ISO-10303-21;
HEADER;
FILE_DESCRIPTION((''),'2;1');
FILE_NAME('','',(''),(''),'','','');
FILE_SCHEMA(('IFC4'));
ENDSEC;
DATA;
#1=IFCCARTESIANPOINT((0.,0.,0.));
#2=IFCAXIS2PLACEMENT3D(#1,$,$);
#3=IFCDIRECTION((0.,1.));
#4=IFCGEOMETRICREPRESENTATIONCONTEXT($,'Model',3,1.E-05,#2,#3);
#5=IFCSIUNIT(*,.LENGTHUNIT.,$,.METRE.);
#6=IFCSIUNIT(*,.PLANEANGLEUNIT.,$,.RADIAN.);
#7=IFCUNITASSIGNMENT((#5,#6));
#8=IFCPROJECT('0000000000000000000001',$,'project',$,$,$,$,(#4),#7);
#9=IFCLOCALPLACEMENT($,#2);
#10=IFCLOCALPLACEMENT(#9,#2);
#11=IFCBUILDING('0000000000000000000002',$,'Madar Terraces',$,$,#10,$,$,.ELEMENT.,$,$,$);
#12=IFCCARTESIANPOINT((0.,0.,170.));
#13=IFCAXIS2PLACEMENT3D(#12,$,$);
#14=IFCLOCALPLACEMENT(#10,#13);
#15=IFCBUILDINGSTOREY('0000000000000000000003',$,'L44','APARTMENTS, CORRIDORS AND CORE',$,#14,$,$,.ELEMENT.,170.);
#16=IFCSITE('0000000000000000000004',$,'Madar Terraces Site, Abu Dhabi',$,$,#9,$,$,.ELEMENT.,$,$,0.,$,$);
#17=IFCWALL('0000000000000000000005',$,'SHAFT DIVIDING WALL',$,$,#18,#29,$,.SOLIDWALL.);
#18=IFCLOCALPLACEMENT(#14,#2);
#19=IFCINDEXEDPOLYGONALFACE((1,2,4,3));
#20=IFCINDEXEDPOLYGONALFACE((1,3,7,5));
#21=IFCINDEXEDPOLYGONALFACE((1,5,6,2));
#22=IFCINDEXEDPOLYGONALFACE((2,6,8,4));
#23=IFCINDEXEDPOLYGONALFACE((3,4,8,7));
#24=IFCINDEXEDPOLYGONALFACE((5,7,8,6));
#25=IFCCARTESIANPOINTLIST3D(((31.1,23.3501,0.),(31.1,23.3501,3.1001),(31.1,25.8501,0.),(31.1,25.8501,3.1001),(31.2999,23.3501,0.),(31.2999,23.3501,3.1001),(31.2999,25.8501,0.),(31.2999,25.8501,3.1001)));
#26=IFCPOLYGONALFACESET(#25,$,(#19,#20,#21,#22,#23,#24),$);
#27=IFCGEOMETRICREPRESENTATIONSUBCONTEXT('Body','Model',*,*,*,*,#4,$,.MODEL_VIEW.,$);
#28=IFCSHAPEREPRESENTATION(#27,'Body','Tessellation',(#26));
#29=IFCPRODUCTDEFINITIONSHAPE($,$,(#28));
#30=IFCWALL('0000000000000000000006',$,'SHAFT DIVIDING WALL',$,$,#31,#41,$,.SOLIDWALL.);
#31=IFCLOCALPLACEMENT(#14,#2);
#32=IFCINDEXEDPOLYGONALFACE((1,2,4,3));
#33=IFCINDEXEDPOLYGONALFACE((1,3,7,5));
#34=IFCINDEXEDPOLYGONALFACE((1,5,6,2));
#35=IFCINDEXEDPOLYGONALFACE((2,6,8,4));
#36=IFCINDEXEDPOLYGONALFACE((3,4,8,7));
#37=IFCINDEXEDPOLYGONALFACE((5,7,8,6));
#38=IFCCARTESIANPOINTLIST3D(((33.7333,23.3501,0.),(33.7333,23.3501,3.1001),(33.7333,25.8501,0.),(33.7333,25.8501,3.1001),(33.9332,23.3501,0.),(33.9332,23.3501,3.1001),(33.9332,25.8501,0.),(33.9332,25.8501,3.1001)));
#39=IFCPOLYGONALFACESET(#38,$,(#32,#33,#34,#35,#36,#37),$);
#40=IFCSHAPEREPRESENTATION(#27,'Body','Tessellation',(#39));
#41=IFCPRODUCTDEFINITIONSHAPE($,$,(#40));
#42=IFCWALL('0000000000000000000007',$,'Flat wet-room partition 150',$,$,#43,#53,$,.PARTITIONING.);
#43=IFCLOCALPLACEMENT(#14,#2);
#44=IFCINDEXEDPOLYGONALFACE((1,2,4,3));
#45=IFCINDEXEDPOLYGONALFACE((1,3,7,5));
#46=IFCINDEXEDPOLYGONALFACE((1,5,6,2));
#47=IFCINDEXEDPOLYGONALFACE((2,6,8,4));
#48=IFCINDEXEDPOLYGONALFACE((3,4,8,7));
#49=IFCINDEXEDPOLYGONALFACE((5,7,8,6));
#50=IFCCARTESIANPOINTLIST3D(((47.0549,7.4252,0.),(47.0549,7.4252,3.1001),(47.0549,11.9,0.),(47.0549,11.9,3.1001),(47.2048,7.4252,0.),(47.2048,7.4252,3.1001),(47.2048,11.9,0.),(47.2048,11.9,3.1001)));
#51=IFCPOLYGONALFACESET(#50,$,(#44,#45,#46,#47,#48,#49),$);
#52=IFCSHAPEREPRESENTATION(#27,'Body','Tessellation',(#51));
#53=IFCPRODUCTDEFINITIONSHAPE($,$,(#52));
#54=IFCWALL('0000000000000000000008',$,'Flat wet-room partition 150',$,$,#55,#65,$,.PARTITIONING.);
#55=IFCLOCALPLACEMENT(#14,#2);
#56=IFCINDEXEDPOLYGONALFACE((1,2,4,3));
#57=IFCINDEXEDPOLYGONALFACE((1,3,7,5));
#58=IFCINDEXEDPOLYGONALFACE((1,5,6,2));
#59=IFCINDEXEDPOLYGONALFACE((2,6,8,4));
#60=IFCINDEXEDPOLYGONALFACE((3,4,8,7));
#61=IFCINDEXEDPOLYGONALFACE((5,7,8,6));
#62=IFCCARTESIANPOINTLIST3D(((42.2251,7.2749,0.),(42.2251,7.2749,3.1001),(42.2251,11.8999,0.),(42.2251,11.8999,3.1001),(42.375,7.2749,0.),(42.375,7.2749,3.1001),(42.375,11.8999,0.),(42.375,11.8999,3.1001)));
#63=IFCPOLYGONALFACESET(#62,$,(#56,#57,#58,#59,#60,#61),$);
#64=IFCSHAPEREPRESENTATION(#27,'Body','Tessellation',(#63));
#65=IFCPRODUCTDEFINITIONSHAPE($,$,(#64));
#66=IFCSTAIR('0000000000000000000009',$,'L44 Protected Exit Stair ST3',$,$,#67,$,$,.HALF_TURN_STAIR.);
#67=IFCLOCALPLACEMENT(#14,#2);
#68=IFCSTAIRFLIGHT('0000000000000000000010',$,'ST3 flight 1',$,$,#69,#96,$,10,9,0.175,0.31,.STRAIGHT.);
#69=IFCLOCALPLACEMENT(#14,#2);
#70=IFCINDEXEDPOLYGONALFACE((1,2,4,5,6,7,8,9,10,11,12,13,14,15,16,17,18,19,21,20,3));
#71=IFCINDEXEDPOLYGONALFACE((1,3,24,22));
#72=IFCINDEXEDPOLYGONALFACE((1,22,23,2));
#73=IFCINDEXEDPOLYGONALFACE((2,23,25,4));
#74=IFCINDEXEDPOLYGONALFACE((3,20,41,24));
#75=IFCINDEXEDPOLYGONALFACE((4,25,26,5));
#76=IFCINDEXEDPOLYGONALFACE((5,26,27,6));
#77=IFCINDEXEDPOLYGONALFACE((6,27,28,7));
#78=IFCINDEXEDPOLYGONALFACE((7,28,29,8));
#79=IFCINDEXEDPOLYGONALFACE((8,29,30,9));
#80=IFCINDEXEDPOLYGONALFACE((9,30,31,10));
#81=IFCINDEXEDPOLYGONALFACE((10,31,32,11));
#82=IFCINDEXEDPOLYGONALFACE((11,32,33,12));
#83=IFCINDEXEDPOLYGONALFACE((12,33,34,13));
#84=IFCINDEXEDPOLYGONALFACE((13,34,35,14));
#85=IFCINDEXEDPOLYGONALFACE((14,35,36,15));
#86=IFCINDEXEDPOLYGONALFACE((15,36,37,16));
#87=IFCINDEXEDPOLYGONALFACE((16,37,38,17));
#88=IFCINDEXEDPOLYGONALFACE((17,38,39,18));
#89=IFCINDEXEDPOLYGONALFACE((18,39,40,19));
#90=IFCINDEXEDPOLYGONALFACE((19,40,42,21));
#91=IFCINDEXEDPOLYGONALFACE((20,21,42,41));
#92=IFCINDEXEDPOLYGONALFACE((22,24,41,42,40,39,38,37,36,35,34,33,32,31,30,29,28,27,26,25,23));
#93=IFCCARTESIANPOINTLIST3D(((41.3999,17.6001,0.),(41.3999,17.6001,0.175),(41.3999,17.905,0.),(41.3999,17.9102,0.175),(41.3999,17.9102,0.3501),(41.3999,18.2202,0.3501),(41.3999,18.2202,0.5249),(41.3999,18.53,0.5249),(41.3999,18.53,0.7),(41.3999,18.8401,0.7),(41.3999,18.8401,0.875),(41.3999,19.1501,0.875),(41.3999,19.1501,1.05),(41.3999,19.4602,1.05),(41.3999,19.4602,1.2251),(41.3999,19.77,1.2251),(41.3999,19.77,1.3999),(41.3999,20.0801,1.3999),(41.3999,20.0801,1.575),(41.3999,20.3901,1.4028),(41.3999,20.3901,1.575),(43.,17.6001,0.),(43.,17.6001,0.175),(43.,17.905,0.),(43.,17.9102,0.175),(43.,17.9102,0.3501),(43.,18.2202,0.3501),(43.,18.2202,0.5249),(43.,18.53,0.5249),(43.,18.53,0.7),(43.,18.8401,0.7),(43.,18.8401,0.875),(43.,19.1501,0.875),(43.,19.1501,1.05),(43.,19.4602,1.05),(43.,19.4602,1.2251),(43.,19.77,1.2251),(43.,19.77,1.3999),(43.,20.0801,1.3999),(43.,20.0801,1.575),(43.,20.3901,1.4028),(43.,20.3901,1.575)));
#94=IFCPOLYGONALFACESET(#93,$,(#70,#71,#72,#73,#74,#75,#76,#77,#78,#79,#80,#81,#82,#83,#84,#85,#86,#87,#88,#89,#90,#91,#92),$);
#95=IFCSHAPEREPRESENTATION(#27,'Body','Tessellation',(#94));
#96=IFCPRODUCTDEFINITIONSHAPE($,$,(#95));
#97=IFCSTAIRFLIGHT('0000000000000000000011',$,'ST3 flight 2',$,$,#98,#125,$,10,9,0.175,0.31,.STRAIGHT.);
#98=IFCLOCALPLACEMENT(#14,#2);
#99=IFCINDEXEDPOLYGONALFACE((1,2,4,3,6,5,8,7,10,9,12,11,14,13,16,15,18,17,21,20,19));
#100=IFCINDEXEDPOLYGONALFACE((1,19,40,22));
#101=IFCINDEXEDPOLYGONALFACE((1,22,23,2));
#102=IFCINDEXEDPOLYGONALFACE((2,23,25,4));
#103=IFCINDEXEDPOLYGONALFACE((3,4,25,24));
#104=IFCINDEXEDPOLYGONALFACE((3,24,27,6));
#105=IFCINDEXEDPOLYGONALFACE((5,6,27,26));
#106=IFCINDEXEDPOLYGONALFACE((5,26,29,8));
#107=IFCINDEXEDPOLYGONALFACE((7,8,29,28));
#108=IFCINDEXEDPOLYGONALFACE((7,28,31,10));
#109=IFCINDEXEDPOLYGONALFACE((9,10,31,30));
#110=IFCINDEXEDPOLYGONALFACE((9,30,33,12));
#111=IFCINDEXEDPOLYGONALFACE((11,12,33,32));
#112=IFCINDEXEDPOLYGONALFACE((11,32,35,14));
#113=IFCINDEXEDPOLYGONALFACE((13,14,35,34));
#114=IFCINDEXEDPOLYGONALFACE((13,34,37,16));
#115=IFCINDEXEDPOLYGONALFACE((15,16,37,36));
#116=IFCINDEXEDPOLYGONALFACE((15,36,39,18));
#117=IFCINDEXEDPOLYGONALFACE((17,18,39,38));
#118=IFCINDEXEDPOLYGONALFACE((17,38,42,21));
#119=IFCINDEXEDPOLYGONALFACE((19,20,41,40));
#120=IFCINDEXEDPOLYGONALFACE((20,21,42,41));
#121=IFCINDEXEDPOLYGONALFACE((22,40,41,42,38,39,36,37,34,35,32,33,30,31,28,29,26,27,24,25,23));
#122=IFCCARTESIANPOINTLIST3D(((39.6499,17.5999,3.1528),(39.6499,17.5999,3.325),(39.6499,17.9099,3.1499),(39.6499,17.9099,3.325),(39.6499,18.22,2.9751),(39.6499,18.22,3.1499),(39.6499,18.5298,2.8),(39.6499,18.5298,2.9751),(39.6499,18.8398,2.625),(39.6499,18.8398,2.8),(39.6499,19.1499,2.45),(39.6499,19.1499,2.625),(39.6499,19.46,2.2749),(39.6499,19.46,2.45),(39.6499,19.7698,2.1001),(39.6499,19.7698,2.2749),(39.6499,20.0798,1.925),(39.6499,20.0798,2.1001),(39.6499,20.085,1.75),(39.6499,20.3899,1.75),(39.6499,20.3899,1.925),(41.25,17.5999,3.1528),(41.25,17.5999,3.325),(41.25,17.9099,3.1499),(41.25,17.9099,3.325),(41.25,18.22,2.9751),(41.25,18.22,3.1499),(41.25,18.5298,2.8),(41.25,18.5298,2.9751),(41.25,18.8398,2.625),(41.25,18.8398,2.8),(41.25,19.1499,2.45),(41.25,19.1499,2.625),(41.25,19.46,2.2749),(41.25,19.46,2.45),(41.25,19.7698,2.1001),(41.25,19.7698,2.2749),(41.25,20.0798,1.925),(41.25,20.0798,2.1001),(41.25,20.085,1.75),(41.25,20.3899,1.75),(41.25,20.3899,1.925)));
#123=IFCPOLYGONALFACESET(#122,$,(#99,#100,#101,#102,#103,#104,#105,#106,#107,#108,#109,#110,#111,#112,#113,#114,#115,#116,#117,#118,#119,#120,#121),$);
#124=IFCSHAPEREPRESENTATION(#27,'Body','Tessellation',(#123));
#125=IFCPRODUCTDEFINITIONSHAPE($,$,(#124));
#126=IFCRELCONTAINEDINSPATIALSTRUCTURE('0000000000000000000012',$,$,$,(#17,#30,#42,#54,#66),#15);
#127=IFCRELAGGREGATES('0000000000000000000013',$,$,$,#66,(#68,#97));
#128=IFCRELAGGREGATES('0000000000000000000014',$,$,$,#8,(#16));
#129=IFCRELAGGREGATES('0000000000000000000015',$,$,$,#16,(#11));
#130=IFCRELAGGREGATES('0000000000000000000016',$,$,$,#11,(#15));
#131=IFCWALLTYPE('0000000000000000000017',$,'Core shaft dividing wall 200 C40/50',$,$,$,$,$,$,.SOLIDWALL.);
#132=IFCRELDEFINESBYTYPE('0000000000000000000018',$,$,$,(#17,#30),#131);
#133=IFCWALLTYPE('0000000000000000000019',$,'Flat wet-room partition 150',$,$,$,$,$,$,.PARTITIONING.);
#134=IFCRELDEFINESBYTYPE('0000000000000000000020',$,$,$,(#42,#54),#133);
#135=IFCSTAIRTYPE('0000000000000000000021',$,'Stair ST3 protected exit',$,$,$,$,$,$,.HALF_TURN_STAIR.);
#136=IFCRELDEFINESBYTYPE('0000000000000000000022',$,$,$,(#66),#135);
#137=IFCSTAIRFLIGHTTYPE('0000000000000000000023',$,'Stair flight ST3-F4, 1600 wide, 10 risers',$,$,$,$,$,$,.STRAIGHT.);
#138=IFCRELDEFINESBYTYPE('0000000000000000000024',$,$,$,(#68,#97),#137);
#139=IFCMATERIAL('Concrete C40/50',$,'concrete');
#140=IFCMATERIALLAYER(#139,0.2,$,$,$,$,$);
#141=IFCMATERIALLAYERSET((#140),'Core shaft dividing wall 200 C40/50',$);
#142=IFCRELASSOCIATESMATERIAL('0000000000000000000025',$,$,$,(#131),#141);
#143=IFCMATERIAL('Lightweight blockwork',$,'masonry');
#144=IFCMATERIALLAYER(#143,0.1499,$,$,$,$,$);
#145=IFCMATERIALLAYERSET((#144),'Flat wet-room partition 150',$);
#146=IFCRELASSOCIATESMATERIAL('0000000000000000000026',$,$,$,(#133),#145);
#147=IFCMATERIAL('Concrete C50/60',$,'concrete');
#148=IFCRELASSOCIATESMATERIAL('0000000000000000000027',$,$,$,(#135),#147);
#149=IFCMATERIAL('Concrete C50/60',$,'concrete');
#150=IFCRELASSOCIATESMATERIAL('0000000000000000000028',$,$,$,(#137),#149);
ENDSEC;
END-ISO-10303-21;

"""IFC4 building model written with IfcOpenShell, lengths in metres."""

from ifc_helpers import new_model, si_unit, direction, frame, frame_2d, origin, place, context, subcontext, project, spatial, polyline, rectangle, outline, extrude, material, layer, layer_set, type_object, element, aggregate, save


model = new_model("IFC4")

# Units and contexts
model_context = context("Model", 3, precision=1e-05, world=origin(), true_north=direction((0.0, 1.0)))
body_context = subcontext(model_context, "Body", "Model", "MODEL_VIEW")
ifc_project = project(units=[si_unit("LENGTHUNIT", "METRE"), si_unit("PLANEANGLEUNIT", "RADIAN")], contexts=[model_context])

# Site, building, storey
site_placement = place(None, origin())
site = spatial("IfcSite", under=ifc_project, at=site_placement, Name="Madar Terraces Site, Abu Dhabi", CompositionType="ELEMENT", RefElevation=0.0)
building_placement = place(site_placement, origin())
building = spatial("IfcBuilding", under=site, at=building_placement, Name="Madar Terraces", CompositionType="ELEMENT")
storey_placement = place(building_placement, frame((0.0, 0.0, 170.0)))
storey = spatial("IfcBuildingStorey", under=building, at=storey_placement, Name="L44", Description="APARTMENTS, CORRIDORS AND CORE", CompositionType="ELEMENT", Elevation=170.0)

# Walls
ifc_material_1 = material(Name="Concrete C40/50", Category="concrete")
ifc_layer_1 = layer(ifc_material_1, 0.2)
ifc_layer_set_1 = layer_set([ifc_layer_1], Name="Core shaft dividing wall 200 C40/50")
wall_type_1 = type_object("IfcWallType", Name="Core shaft dividing wall 200 C40/50", PredefinedType="SOLIDWALL", material=ifc_layer_set_1)
for number, where, z_axis, x_axis, name in (
    (1, (31.2, 23.3501, 0.0), (0.0, 0.0, 1.0), (0.0, 1.0, 0.0), "SHAFT DIVIDING WALL"),
    (2, (33.8333, 23.3501, 0.0), (0.0, 0.0, 1.0), (0.0, 1.0, 0.0), "SHAFT DIVIDING WALL"),
):
    element("IfcWall", number, at=place(storey_placement, frame(where, z_axis=z_axis, x_axis=x_axis)), inside=storey, type_object=wall_type_1, Name=name, PredefinedType="SOLIDWALL", context=body_context, shape_type="SweptSolid", body=[
        extrude(rectangle(XDim=2.5, YDim=0.2, at=frame_2d((1.25, 0.0))), origin(), (0.0, 0.0, 1.0), 3.1001),
    ])
ifc_material_2 = material(Name="Lightweight blockwork", Category="masonry")
ifc_layer_2 = layer(ifc_material_2, 0.1499)
ifc_layer_set_2 = layer_set([ifc_layer_2], Name="Flat wet-room partition 150")
wall_type_2 = type_object("IfcWallType", Name="Flat wet-room partition 150", PredefinedType="PARTITIONING", material=ifc_layer_set_2)
wall_1_placement = place(storey_placement, frame((47.1299, 11.8999, 0.0), z_axis=(0.0, 0.0, 1.0), x_axis=(0.0, -1.0, 0.0)))
element("IfcWall", 3, at=wall_1_placement, inside=storey, type_object=wall_type_2, Name="Flat wet-room partition 150", PredefinedType="PARTITIONING", context=body_context, shape_type="SweptSolid", body=[
    extrude(rectangle(XDim=4.4749, YDim=0.1499, at=frame_2d((2.2373, 0.0))), origin(), (0.0, 0.0, 1.0), 3.1001),
])
wall_2_placement = place(storey_placement, frame((42.3, 11.8999, 0.0), z_axis=(0.0, 0.0, 1.0), x_axis=(0.0, -1.0, 0.0)))
element("IfcWall", 4, at=wall_2_placement, inside=storey, type_object=wall_type_2, Name="Flat wet-room partition 150", PredefinedType="PARTITIONING", context=body_context, shape_type="SweptSolid", body=[
    extrude(rectangle(XDim=4.625, YDim=0.1499, at=frame_2d((2.3125, 0.0))), origin(), (0.0, 0.0, 1.0), 3.1001),
])

# Stair, stair flights
ifc_material_3 = material(Name="Concrete C50/60", Category="concrete")
stair_type = type_object("IfcStairType", Name="Stair ST3 protected exit", PredefinedType="HALF_TURN_STAIR", material=ifc_material_3)
stair_placement = place(storey_placement, origin())
stair = element("IfcStair", 5, at=stair_placement, inside=storey, type_object=stair_type, Name="L44 Protected Exit Stair ST3", PredefinedType="HALF_TURN_STAIR")
ifc_material_4 = material(Name="Concrete C50/60", Category="concrete")
stair_flight_type = type_object("IfcStairFlightType", Name="Stair flight ST3-F4, 1600 wide, 10 risers", PredefinedType="STRAIGHT", material=ifc_material_4)
stair_flight_1_placement = place(storey_placement, frame((42.2, 17.6001, 0.0), z_axis=(0.0, 0.0, 1.0), x_axis=(0.0, 1.0, 0.0)))
stair_flight_1 = element("IfcStairFlight", 6, at=stair_flight_1_placement, type_object=stair_flight_type, Name="ST3 flight 1", NumberOfRisers=10, NumberOfTreads=9, PredefinedType="STRAIGHT", RiserHeight=0.175, TreadLength=0.31, context=body_context, shape_type="SweptSolid", body=[
    extrude(outline(polyline([(0.0, 0.0), (0.0, 0.175), (0.3101, 0.175), (0.3101, 0.3501), (0.6201, 0.3501), (0.6201, 0.5249), (0.9299, 0.5249), (0.9299, 0.7), (1.24, 0.7), (1.24, 0.875), (1.55, 0.875), (1.55, 1.05), (1.8601, 1.05), (1.8601, 1.2251), (2.1699, 1.2251), (2.1699, 1.3999), (2.48, 1.3999), (2.48, 1.575), (2.79, 1.575), (2.79, 1.75), (2.79, 1.4028), (0.3049, 0.0), (0.0, 0.0)])), frame((0.0, 0.8, 0.0), z_axis=(0.0, -1.0, 0.0), x_axis=(1.0, 0.0, 0.0)), (0.0, 0.0, 1.0), 1.6001),
])
stair_flight_2_placement = place(storey_placement, frame((40.45, 20.3899, 1.75), z_axis=(0.0, 0.0, 1.0), x_axis=(0.0, -1.0, 0.0)))
stair_flight_2 = element("IfcStairFlight", 7, at=stair_flight_2_placement, type_object=stair_flight_type, Name="ST3 flight 2", NumberOfRisers=10, NumberOfTreads=9, PredefinedType="STRAIGHT", RiserHeight=0.175, TreadLength=0.31, context=body_context, shape_type="SweptSolid", body=[
    extrude(outline(polyline([(0.0, 0.0), (0.0, 0.175), (0.3101, 0.175), (0.3101, 0.3501), (0.6201, 0.3501), (0.6201, 0.5249), (0.9299, 0.5249), (0.9299, 0.7), (1.24, 0.7), (1.24, 0.875), (1.55, 0.875), (1.55, 1.05), (1.8601, 1.05), (1.8601, 1.2251), (2.1699, 1.2251), (2.1699, 1.3999), (2.48, 1.3999), (2.48, 1.575), (2.79, 1.575), (2.79, 1.75), (2.79, 1.4028), (0.3049, 0.0), (0.0, 0.0)])), frame((0.0, 0.8, 0.0), z_axis=(0.0, -1.0, 0.0), x_axis=(1.0, 0.0, 0.0)), (0.0, 0.0, 1.0), 1.6001),
])
aggregate(stair, [stair_flight_1, stair_flight_2])

save(model, "model.ifc")
